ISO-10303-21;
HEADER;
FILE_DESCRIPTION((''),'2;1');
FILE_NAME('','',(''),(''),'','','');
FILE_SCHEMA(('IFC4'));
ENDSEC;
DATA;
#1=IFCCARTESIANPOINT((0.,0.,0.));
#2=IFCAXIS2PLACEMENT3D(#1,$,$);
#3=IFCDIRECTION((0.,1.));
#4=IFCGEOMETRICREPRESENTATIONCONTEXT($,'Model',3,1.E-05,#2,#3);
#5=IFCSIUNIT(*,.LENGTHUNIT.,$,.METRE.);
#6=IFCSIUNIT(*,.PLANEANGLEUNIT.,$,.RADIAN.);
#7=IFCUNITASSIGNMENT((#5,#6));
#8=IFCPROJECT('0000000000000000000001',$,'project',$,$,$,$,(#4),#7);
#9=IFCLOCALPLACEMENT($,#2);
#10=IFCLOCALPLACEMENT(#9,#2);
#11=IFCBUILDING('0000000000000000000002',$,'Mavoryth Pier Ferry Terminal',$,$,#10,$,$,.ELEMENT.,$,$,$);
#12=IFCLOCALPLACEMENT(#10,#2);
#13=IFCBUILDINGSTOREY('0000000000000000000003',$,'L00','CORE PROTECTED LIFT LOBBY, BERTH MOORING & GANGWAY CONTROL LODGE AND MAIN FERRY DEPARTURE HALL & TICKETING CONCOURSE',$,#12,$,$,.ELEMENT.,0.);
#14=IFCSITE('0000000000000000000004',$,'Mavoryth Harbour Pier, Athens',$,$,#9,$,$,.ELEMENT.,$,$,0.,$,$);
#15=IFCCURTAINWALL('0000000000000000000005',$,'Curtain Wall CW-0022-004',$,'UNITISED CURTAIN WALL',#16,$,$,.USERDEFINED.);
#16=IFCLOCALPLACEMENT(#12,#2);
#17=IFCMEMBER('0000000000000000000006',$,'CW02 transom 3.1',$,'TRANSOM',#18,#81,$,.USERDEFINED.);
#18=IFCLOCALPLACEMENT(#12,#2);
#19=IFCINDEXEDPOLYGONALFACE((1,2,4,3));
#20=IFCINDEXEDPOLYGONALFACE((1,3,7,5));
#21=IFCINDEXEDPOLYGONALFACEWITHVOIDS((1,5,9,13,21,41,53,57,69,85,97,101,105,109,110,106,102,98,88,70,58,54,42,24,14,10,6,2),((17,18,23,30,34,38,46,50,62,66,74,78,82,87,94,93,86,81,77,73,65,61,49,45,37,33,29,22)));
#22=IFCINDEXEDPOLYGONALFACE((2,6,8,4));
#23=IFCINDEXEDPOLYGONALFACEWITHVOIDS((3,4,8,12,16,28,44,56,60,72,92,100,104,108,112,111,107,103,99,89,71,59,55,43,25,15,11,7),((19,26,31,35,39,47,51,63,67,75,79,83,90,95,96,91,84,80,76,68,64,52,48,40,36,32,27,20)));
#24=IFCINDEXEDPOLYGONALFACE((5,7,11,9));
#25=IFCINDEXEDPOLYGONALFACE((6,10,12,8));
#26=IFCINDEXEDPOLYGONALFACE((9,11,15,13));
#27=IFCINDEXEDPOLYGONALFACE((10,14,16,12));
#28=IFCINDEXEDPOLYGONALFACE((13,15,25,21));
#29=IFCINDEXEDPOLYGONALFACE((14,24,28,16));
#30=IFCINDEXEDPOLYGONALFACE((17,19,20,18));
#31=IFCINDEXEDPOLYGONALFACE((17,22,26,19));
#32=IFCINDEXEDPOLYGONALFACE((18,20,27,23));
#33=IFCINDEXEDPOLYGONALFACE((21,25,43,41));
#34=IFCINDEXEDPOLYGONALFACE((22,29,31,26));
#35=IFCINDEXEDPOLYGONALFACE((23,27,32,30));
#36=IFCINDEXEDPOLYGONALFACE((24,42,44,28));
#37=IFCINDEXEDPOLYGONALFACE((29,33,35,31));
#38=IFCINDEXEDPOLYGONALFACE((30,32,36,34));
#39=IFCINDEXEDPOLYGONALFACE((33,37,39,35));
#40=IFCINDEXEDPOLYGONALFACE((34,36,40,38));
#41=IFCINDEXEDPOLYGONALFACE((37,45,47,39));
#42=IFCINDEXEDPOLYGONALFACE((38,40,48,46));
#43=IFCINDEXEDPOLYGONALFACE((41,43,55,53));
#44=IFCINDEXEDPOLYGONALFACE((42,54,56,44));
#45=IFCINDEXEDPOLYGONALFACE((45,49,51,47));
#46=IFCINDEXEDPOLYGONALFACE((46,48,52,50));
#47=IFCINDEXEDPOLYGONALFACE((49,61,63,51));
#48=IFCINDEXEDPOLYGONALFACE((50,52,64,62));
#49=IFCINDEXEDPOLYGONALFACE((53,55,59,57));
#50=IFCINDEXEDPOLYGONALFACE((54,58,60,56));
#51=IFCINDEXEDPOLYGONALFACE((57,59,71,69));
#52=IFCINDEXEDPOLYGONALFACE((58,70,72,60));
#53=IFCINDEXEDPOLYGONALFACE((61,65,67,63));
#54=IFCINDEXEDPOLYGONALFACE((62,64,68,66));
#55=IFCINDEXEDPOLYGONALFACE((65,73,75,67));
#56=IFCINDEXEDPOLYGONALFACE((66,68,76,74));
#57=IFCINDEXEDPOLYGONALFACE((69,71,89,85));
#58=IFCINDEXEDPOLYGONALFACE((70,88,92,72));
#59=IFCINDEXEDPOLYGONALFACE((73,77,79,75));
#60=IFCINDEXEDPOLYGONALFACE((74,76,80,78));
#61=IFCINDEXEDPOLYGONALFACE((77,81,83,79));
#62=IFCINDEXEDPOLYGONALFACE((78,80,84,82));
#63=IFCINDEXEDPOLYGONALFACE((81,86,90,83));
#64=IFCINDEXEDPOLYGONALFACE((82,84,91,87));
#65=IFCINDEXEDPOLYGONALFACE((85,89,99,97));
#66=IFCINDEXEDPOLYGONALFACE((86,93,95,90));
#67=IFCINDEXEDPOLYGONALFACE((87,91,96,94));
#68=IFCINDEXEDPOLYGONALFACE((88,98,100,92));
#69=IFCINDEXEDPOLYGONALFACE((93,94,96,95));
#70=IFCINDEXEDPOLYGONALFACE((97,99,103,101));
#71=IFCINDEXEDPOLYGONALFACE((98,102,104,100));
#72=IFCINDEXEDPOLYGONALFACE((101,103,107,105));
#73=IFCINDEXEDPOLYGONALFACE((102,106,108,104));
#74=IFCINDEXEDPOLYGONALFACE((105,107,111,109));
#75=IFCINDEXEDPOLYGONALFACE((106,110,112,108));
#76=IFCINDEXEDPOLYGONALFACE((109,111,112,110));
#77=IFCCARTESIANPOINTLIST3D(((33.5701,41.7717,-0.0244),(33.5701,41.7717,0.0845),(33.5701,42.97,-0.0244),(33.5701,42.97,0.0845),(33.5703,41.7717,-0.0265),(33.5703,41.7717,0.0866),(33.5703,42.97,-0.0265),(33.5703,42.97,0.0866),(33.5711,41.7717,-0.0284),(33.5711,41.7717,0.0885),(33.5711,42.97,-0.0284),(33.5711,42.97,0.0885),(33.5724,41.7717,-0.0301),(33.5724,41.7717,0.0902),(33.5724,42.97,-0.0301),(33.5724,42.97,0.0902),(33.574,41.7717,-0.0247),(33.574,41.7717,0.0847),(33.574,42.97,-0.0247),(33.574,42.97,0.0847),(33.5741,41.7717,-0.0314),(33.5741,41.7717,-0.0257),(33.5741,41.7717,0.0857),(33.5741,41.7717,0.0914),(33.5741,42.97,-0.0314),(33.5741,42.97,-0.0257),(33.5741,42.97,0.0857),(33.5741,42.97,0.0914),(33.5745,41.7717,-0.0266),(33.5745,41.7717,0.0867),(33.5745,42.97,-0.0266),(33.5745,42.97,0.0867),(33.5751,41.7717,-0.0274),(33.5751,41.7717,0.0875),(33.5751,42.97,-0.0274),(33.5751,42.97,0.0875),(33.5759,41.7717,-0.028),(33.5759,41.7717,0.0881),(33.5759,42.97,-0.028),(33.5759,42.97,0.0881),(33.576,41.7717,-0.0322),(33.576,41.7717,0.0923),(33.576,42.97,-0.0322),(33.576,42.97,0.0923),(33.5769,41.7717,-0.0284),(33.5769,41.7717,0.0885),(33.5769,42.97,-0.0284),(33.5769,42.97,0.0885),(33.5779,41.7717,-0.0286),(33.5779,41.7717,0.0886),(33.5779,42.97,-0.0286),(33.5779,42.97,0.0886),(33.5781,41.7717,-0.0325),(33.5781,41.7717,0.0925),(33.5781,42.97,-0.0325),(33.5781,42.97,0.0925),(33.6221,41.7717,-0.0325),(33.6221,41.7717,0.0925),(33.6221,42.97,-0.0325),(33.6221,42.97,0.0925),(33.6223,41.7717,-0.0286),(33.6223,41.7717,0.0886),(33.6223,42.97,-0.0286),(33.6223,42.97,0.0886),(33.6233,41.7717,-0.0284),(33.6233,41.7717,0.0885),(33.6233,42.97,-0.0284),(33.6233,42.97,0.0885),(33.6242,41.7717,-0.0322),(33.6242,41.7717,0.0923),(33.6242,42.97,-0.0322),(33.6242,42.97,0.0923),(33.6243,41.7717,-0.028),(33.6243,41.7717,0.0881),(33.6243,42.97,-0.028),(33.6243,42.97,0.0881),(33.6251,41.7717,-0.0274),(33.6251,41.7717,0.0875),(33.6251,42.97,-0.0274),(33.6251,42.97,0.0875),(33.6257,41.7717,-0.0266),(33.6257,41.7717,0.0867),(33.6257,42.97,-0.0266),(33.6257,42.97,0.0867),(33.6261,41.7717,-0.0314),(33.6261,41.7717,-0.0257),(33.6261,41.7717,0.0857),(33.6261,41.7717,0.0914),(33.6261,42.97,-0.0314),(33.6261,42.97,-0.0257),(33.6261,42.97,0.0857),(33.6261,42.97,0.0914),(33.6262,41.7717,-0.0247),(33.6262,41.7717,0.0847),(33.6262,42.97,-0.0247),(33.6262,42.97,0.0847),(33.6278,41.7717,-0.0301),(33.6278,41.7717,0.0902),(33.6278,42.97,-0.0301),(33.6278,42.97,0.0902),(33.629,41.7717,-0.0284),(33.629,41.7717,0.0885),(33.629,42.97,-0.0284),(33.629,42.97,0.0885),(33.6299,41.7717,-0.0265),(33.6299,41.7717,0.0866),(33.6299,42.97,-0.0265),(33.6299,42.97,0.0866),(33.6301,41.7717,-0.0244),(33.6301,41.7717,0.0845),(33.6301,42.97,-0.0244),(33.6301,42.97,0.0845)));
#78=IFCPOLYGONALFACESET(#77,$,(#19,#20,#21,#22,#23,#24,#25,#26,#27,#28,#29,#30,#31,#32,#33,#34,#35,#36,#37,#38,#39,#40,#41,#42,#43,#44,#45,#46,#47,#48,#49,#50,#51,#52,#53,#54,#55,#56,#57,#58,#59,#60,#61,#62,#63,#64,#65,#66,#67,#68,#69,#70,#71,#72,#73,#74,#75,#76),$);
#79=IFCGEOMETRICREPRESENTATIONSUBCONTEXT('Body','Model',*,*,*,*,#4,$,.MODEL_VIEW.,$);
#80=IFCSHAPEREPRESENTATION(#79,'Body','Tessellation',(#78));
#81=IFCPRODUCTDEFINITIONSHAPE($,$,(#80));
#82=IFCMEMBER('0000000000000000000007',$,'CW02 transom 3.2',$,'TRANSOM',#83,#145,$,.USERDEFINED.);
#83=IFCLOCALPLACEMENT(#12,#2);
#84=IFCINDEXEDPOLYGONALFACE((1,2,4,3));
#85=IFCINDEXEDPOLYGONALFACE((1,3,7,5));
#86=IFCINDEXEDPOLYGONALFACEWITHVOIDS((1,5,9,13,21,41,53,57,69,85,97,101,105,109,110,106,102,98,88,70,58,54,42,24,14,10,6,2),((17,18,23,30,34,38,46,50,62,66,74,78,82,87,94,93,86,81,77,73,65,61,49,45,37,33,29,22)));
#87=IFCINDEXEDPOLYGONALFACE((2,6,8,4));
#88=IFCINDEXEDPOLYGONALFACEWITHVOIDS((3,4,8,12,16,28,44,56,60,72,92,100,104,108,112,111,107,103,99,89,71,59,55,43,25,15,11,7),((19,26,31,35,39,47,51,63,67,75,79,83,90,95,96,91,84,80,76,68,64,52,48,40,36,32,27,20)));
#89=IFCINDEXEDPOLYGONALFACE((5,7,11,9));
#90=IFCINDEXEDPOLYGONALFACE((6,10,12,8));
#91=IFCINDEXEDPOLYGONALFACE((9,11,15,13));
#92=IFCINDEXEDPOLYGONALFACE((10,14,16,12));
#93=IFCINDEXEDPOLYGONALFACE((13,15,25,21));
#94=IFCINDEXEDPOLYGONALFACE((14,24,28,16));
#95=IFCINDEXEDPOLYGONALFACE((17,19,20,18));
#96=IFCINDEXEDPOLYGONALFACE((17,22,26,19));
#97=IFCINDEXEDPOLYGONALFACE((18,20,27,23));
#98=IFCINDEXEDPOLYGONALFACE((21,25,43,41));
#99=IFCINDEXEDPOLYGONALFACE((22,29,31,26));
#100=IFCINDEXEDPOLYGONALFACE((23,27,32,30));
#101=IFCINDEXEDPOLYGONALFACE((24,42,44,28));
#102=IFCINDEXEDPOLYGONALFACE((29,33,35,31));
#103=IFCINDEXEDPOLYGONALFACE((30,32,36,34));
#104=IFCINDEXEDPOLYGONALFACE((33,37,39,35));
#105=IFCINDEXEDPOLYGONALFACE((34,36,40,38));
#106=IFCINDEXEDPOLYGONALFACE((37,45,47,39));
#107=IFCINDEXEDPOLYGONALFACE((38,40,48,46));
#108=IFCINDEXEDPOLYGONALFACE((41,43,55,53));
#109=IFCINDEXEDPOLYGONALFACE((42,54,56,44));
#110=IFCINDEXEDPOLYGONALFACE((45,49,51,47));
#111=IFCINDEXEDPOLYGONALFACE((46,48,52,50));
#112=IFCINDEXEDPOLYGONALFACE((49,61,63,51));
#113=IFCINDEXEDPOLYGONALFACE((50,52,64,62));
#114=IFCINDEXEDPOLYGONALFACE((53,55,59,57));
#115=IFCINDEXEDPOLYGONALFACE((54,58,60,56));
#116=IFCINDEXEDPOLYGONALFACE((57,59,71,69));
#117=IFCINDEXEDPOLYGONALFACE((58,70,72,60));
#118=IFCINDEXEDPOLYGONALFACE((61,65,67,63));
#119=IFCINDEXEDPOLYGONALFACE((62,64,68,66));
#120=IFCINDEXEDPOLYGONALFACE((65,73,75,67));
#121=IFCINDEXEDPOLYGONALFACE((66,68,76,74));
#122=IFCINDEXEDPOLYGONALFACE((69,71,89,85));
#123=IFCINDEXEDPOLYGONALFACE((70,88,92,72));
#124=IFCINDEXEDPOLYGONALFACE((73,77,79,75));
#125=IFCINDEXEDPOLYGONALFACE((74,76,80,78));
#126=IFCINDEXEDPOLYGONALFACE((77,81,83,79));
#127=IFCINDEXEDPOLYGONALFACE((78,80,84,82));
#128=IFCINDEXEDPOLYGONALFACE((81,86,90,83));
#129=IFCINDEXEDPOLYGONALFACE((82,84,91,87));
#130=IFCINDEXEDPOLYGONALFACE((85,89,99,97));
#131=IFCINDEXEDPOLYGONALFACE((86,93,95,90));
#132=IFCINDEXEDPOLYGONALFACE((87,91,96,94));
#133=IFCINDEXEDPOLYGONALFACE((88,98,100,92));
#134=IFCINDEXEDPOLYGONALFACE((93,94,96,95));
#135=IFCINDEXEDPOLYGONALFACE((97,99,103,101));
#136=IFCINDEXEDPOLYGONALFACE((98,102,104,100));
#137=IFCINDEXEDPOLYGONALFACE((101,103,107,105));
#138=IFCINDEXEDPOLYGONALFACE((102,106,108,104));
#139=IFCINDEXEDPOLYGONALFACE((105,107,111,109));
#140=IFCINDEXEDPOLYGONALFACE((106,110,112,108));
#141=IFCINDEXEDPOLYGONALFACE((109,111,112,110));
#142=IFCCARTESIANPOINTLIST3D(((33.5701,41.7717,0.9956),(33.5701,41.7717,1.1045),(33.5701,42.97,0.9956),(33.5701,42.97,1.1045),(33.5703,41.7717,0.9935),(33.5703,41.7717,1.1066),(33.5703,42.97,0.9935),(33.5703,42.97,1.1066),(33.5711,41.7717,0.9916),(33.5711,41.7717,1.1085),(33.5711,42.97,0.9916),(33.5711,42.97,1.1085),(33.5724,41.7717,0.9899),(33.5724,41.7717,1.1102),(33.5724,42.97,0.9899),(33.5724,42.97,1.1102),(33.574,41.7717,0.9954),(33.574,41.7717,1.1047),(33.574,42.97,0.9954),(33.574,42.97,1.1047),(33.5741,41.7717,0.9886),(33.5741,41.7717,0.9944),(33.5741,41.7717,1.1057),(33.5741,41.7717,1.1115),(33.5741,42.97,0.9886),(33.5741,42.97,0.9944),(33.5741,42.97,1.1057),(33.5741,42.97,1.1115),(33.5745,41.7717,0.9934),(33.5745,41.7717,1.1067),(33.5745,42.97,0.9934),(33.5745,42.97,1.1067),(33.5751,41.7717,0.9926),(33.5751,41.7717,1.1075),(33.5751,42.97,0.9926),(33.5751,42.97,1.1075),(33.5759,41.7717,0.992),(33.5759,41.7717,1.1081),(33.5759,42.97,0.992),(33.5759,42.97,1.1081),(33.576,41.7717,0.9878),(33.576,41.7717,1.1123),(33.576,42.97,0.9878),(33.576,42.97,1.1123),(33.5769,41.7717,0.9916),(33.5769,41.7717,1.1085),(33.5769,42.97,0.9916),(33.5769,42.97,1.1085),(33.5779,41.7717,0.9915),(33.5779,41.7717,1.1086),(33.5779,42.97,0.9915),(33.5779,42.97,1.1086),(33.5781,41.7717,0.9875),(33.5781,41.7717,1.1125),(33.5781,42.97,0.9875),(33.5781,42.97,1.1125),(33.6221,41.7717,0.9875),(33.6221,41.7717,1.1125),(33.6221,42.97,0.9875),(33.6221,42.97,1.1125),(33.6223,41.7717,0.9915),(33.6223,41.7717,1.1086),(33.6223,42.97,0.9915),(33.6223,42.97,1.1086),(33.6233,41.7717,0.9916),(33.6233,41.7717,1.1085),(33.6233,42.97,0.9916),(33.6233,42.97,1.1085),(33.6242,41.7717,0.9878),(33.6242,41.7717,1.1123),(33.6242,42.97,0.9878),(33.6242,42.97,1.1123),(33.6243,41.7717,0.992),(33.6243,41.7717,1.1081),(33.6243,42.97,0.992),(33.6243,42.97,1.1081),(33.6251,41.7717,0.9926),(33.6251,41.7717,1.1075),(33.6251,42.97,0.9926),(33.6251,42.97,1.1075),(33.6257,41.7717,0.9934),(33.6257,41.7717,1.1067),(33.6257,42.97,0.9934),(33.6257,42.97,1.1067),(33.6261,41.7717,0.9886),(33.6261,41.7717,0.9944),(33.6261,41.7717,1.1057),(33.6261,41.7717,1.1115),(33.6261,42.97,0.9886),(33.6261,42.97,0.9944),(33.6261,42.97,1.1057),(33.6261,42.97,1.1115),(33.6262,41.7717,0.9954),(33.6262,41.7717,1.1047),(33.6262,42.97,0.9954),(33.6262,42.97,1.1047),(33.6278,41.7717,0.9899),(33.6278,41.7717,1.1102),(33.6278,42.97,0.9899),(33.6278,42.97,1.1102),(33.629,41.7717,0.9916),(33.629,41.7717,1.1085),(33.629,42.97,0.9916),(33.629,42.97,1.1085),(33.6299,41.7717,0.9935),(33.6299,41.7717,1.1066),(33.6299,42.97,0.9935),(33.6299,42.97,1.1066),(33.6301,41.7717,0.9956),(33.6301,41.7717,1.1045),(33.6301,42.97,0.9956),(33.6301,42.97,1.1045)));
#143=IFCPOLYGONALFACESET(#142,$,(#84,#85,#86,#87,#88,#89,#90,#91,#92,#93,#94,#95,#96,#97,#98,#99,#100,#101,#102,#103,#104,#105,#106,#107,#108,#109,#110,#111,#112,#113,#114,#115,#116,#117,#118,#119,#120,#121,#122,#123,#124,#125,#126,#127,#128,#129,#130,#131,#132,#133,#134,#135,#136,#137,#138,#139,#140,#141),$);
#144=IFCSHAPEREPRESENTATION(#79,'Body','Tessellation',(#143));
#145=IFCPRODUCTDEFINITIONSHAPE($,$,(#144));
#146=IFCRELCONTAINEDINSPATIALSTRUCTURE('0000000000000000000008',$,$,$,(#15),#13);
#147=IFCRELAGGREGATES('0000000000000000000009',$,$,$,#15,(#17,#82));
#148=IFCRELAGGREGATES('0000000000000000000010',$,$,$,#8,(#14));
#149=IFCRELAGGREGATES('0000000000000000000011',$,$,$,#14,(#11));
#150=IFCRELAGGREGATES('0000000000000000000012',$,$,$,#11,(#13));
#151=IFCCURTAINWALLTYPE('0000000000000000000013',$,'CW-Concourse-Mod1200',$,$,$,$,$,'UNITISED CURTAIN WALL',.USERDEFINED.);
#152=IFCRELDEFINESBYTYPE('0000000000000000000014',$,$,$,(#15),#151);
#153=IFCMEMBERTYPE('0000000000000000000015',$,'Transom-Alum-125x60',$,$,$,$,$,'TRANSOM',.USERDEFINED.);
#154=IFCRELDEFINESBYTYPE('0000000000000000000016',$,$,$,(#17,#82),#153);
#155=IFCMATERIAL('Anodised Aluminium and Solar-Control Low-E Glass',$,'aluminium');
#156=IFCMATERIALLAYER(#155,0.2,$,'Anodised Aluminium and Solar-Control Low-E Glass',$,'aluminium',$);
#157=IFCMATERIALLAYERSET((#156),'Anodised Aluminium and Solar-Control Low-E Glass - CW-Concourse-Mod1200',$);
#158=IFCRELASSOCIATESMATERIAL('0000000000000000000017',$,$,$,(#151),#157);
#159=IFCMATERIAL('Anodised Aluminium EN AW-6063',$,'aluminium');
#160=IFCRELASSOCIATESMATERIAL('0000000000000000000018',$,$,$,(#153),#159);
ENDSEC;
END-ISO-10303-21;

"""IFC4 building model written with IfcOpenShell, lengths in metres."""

from ifc_helpers import new_model, si_unit, direction, frame, origin, origin_2d, place, context, subcontext, project, spatial, hollow_rectangle, extrude, material, layer, layer_set, material_profile, profile_set, type_object, element, aggregate, save


model = new_model("IFC4")

# Units and contexts
model_context = context("Model", 3, precision=1e-05, world=origin(), true_north=direction((0.0, 1.0)))
body_context = subcontext(model_context, "Body", "Model", "MODEL_VIEW")
ifc_project = project(units=[si_unit("LENGTHUNIT", "METRE"), si_unit("PLANEANGLEUNIT", "RADIAN")], contexts=[model_context])

# Site, building, storey
site_placement = place(None, origin())
site = spatial("IfcSite", under=ifc_project, at=site_placement, Name="Mavoryth Harbour Pier, Athens", CompositionType="ELEMENT", RefElevation=0.0)
building_placement = place(site_placement, origin())
building = spatial("IfcBuilding", under=site, at=building_placement, Name="Mavoryth Pier Ferry Terminal", CompositionType="ELEMENT")
storey_placement = place(building_placement, origin())
storey = spatial("IfcBuildingStorey", under=building, at=storey_placement, Name="L00", Description="CORE PROTECTED LIFT LOBBY, BERTH MOORING & GANGWAY CONTROL LODGE AND MAIN FERRY DEPARTURE HALL & TICKETING CONCOURSE", CompositionType="ELEMENT", Elevation=0.0)

# Curtain wall, members
ifc_material_1 = material(Name="Anodised Aluminium and Solar-Control Low-E Glass", Category="aluminium")
ifc_layer_1 = layer(ifc_material_1, 0.2, Name="Anodised Aluminium and Solar-Control Low-E Glass", Category="aluminium")
ifc_layer_set_1 = layer_set([ifc_layer_1], Name="Anodised Aluminium and Solar-Control Low-E Glass - CW-Concourse-Mod1200")
curtain_wall_type = type_object("IfcCurtainWallType", Name="CW-Concourse-Mod1200", ElementType="UNITISED CURTAIN WALL", PredefinedType="USERDEFINED", material=ifc_layer_set_1)
curtain_wall_placement = place(storey_placement, origin())
curtain_wall = element("IfcCurtainWall", 1, at=curtain_wall_placement, inside=storey, type_object=curtain_wall_type, Name="Curtain Wall CW-0022-004", ObjectType="UNITISED CURTAIN WALL", PredefinedType="USERDEFINED")
ifc_material_2 = material(Name="Anodised Aluminium EN AW-6063", Category="aluminium")
ifc_material_profile_1 = material_profile(ifc_material_2, hollow_rectangle(XDim=0.0601, YDim=0.125, WallThickness=0.0039, InnerFilletRadius=0.0039, OuterFilletRadius=0.0081, at=origin_2d()), Name="AL-TRAN 125x60x4", Category="aluminium")
ifc_profile_set_1 = profile_set([ifc_material_profile_1], Name="Anodised Aluminium EN AW-6063 - AL-TRAN 125x60x4")
member_type_1 = type_object("IfcMemberType", Name="Transom-Alum-125x60", ElementType="TRANSOM", PredefinedType="USERDEFINED", material=ifc_profile_set_1)
member_1_placement = place(storey_placement, frame((33.6001, 41.7717, 0.03), z_axis=(0.0, 1.0, 0.0), x_axis=(-1.0, 0.0, 0.0)))
member_1 = element("IfcMember", 2, at=member_1_placement, type_object=member_type_1, Name="CW02 transom 3.1", ObjectType="TRANSOM", PredefinedType="USERDEFINED", context=body_context, shape_type="SweptSolid", body=[
    extrude(hollow_rectangle(XDim=0.0601, YDim=0.125, WallThickness=0.0039, InnerFilletRadius=0.0039, OuterFilletRadius=0.0081, at=origin_2d()), origin(), (0.0, 0.0, 1.0), 1.1982),
])
member_2_placement = place(storey_placement, frame((33.6001, 41.7717, 1.05), z_axis=(0.0, 1.0, 0.0), x_axis=(-1.0, 0.0, 0.0)))
member_2 = element("IfcMember", 3, at=member_2_placement, type_object=member_type_1, Name="CW02 transom 3.2", ObjectType="TRANSOM", PredefinedType="USERDEFINED", context=body_context, shape_type="SweptSolid", body=[
    extrude(hollow_rectangle(XDim=0.0601, YDim=0.125, WallThickness=0.0039, InnerFilletRadius=0.0039, OuterFilletRadius=0.0081, at=origin_2d()), origin(), (0.0, 0.0, 1.0), 1.1982),
])
aggregate(curtain_wall, [member_1, member_2])

save(model, "model.ifc")
